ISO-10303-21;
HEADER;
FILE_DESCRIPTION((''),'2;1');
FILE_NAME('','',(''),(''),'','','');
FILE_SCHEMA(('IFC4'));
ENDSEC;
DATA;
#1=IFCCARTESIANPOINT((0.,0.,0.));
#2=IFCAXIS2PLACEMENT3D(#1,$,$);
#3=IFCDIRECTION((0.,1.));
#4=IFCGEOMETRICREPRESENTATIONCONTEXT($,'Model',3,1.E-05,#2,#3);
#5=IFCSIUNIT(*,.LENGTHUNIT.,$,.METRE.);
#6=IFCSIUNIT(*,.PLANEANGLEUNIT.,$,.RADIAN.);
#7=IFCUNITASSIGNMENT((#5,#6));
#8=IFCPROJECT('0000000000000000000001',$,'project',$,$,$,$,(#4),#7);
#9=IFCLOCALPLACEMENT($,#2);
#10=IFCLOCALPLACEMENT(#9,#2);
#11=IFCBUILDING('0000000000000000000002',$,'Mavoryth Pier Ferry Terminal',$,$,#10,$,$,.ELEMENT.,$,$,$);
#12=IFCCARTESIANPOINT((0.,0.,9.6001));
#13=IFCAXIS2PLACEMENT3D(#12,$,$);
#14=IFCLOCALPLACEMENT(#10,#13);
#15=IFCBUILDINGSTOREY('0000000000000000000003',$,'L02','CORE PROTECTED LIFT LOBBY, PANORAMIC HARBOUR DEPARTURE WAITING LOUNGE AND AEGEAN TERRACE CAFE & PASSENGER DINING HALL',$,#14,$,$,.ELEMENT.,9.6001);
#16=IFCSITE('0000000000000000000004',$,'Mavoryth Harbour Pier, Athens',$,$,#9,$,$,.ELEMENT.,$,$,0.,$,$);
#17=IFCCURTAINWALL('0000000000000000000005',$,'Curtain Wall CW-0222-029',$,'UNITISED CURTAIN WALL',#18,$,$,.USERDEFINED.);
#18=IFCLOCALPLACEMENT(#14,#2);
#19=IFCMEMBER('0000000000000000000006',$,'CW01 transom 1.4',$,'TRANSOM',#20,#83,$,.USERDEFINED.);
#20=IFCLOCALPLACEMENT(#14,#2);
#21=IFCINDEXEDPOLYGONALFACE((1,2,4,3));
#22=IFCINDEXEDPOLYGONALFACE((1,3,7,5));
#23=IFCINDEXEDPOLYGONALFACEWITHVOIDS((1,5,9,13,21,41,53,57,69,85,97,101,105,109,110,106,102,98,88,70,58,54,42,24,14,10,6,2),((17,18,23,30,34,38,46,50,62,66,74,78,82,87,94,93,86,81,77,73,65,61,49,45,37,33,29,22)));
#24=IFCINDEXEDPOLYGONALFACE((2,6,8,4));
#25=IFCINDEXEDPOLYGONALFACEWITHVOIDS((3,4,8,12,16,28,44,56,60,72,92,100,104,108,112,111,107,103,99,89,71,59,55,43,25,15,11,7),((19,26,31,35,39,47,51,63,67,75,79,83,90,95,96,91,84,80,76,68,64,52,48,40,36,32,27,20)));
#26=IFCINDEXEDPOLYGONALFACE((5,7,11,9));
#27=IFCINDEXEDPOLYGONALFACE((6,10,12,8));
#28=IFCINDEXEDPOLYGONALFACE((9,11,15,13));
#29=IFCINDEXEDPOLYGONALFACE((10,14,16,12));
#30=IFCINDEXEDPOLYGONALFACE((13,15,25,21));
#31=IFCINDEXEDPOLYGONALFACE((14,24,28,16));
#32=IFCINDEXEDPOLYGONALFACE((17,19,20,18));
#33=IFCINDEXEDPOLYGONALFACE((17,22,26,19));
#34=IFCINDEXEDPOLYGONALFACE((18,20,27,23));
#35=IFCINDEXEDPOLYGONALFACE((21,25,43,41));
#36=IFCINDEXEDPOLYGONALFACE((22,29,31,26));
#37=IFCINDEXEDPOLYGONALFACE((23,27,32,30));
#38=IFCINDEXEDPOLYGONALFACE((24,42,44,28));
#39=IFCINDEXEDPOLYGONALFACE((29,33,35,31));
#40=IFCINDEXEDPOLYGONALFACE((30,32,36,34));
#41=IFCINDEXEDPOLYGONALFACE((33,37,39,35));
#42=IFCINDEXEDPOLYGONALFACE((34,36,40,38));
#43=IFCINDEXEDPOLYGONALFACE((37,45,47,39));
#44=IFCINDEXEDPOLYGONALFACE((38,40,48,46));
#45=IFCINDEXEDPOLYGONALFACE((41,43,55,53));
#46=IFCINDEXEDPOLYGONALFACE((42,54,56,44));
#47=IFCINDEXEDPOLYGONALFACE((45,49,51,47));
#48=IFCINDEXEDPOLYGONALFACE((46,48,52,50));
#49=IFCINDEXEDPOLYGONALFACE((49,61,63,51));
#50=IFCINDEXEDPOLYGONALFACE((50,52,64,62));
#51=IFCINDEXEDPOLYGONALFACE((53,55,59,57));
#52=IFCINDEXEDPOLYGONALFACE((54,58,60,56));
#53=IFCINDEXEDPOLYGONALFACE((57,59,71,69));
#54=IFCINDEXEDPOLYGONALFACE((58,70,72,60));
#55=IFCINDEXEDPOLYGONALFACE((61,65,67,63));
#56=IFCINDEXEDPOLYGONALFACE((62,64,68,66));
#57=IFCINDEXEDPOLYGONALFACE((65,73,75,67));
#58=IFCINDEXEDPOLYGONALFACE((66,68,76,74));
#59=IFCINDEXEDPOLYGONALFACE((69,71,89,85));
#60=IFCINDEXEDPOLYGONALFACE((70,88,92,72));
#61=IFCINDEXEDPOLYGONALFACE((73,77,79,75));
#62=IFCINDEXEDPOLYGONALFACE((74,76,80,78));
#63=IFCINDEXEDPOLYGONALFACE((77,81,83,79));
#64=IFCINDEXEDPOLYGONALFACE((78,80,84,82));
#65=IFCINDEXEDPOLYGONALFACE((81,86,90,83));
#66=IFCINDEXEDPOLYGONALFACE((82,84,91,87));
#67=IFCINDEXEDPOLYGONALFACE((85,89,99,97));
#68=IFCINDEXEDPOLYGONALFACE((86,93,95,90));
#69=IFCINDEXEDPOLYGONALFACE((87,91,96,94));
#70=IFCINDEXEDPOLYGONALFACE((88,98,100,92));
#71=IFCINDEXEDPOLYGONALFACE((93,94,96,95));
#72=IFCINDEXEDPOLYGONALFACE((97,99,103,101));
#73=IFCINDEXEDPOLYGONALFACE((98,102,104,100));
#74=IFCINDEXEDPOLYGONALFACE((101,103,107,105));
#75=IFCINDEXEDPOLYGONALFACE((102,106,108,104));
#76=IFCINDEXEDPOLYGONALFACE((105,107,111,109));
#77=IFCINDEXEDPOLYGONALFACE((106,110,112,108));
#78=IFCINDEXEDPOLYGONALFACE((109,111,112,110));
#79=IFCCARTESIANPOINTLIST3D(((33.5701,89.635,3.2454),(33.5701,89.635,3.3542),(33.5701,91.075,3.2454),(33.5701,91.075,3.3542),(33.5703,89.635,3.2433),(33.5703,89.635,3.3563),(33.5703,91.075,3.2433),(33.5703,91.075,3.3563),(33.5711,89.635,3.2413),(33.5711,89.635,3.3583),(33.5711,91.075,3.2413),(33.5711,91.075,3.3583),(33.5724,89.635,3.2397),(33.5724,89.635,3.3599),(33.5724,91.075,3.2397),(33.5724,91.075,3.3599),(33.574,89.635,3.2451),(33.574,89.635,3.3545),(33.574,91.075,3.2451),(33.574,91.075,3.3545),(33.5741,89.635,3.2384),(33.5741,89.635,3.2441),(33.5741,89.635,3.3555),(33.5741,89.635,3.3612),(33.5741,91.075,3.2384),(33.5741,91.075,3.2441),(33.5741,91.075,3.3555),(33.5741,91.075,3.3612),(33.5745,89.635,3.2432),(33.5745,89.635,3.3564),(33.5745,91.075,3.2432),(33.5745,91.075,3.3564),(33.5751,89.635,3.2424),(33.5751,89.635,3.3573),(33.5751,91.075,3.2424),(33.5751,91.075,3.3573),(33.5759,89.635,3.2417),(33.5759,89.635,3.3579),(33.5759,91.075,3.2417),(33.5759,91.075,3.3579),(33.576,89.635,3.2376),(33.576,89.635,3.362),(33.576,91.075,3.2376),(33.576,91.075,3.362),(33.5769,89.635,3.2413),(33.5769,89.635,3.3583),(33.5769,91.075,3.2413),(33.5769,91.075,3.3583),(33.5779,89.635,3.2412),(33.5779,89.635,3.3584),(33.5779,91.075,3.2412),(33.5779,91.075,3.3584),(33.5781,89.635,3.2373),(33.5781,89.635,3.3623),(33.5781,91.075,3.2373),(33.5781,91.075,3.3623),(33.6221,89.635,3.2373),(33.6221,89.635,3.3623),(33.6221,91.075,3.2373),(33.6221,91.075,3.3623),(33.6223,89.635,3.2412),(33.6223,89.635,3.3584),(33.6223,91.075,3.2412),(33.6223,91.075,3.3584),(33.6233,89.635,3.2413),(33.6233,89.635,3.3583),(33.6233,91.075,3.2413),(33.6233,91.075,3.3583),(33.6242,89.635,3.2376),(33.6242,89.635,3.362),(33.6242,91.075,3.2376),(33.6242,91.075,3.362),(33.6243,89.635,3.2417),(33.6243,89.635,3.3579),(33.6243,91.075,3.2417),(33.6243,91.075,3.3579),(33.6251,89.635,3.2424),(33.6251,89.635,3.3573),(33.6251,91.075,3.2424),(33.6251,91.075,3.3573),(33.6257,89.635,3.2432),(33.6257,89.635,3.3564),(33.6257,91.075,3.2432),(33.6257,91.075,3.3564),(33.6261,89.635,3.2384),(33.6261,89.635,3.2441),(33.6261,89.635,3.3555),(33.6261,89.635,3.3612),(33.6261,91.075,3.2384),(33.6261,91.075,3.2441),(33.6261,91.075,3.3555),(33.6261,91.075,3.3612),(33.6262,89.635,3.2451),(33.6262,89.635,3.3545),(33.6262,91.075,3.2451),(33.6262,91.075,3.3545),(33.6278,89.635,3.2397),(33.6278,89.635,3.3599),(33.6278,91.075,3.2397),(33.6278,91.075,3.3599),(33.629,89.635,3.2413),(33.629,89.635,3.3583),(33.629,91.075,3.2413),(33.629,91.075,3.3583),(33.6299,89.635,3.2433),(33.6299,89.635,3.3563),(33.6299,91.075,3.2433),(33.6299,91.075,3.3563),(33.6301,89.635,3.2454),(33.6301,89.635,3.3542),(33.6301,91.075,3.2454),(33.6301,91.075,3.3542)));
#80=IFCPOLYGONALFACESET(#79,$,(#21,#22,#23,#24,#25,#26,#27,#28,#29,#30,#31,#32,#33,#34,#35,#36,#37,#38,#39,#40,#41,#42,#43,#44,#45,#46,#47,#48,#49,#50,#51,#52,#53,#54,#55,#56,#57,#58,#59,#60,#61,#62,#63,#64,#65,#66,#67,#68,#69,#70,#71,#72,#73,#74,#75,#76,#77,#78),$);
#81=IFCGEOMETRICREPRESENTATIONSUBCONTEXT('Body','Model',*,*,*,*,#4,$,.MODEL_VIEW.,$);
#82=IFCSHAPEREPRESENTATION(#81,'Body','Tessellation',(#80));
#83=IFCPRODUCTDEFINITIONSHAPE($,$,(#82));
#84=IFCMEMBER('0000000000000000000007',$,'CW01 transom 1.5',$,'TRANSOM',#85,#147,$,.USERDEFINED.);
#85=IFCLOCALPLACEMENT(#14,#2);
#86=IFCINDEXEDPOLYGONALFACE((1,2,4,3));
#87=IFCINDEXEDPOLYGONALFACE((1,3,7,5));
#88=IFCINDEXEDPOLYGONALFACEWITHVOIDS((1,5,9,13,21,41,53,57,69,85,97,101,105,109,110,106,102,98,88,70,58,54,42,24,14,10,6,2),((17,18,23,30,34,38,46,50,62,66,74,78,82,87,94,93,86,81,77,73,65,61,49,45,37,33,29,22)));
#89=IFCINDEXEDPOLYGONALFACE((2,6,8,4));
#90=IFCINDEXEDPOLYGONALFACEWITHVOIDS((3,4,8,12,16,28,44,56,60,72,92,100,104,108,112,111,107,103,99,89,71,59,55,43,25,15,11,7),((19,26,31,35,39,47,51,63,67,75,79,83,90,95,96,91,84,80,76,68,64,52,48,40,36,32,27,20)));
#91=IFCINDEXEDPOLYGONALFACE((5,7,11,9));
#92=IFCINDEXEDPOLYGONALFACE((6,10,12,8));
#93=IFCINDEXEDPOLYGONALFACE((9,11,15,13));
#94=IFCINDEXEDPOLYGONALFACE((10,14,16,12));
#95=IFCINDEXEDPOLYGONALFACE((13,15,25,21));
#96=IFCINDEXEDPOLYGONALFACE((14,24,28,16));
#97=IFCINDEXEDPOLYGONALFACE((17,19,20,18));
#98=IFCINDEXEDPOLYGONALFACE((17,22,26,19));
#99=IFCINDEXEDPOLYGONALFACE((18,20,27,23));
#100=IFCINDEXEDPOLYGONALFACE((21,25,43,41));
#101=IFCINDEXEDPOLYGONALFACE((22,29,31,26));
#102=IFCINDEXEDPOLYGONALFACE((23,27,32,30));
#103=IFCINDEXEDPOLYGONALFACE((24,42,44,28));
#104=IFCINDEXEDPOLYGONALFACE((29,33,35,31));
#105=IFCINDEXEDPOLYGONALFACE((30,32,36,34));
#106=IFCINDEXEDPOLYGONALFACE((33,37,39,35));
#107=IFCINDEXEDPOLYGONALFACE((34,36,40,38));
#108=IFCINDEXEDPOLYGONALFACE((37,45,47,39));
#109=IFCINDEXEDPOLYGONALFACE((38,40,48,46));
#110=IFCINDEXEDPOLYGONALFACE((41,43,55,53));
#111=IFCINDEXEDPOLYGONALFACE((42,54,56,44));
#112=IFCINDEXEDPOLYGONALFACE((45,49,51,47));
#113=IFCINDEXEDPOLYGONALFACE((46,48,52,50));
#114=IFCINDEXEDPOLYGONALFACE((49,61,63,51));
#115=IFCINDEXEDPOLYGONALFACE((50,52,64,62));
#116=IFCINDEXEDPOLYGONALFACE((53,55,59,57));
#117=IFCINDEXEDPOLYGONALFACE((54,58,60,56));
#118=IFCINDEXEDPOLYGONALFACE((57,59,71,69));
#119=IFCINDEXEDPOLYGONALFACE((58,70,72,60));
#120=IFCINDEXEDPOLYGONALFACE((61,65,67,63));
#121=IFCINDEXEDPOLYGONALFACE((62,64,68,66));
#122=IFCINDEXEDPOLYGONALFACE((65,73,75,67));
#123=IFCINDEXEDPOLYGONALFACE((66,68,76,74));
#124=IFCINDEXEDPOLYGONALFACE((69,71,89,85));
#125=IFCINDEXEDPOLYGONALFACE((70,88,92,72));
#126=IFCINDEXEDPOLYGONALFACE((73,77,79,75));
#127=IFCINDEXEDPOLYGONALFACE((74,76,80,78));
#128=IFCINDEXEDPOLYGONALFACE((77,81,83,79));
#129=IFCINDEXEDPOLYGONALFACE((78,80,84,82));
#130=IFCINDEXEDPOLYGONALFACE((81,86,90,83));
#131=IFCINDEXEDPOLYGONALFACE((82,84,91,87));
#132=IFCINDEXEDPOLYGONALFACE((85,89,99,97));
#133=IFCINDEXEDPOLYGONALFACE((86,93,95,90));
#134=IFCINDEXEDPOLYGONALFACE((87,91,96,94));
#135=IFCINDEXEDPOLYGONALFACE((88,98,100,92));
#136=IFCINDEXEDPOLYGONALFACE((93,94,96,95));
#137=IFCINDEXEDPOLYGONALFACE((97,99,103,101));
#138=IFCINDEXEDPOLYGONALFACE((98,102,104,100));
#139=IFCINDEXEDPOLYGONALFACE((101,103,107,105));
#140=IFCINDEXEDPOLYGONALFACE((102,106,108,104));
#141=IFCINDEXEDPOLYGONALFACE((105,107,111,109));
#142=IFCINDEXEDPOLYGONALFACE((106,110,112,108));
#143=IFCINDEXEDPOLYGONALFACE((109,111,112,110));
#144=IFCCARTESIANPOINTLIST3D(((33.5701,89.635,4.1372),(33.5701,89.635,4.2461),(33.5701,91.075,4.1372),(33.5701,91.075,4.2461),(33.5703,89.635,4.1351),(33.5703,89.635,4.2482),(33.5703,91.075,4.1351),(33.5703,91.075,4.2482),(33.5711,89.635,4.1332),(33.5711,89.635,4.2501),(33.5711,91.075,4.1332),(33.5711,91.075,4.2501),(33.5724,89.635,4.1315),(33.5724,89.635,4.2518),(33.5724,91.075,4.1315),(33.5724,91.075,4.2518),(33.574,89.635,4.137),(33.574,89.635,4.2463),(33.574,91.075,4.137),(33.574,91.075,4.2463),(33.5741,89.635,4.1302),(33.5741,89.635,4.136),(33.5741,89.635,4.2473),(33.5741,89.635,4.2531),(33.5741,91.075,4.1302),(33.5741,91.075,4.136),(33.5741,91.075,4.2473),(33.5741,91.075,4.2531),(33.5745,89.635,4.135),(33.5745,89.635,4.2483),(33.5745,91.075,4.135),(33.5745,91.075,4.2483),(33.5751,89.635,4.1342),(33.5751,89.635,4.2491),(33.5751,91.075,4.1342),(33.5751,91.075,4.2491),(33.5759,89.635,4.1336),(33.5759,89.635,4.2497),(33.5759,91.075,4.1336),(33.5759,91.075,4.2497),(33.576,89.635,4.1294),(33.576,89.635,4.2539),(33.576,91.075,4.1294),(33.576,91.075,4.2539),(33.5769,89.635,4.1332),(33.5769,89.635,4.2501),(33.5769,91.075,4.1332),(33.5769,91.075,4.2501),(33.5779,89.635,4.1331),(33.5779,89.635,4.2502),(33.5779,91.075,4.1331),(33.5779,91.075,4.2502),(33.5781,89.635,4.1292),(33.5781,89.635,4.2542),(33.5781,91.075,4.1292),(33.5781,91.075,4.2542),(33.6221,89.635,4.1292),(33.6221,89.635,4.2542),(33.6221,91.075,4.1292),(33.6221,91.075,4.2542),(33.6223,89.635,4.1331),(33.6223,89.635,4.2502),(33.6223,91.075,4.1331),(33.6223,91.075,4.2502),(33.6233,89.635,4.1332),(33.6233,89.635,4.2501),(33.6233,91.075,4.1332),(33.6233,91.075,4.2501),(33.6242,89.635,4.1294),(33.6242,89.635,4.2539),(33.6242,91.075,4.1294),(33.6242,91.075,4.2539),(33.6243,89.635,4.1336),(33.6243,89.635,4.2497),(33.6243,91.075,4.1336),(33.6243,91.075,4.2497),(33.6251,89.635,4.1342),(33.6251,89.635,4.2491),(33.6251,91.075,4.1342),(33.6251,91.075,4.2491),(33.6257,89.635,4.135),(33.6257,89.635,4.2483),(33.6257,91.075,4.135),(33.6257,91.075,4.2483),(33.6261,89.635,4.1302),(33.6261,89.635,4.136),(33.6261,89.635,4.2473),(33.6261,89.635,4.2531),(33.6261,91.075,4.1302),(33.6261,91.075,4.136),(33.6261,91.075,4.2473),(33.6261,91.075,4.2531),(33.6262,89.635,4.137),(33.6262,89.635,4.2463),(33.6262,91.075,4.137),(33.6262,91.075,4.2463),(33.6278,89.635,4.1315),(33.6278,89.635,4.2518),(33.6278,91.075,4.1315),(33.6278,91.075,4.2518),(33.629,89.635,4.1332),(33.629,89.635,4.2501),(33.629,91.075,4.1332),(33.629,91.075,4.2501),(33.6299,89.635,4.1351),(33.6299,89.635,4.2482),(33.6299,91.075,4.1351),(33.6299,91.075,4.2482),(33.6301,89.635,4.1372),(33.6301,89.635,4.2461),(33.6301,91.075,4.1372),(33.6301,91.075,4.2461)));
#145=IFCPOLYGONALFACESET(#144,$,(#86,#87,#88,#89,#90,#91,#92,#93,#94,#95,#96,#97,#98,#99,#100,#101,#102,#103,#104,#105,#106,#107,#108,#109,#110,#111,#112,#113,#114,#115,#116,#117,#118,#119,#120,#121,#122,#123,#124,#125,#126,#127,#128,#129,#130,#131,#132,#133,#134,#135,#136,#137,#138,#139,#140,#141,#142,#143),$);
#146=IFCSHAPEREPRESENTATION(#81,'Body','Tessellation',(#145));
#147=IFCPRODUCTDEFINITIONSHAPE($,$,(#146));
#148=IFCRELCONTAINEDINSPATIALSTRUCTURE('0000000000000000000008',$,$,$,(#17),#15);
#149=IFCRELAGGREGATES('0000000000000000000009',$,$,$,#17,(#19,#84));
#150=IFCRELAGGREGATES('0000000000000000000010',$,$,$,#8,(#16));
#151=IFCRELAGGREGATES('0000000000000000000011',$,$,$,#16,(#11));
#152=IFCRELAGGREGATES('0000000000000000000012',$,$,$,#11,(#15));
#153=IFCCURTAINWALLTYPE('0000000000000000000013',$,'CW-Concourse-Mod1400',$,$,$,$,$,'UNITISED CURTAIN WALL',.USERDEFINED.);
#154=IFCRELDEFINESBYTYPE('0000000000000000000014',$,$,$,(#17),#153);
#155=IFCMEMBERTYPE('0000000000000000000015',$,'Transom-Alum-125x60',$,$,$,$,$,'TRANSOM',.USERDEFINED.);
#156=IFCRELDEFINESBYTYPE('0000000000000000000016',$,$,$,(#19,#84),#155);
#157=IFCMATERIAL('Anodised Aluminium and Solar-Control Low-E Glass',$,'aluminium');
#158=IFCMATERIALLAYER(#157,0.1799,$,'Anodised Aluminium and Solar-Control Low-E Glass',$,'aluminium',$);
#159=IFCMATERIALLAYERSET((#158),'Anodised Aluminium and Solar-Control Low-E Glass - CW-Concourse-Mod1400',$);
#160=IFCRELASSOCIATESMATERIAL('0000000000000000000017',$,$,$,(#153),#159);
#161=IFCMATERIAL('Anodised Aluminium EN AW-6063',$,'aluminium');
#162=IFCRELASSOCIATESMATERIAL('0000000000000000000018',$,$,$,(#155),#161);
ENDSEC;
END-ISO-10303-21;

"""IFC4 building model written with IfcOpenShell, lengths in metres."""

from ifc_helpers import new_model, si_unit, direction, frame, origin, origin_2d, place, context, subcontext, project, spatial, hollow_rectangle, extrude, material, layer, layer_set, material_profile, profile_set, type_object, element, aggregate, save


model = new_model("IFC4")

# Units and contexts
model_context = context("Model", 3, precision=1e-05, world=origin(), true_north=direction((0.0, 1.0)))
body_context = subcontext(model_context, "Body", "Model", "MODEL_VIEW")
ifc_project = project(units=[si_unit("LENGTHUNIT", "METRE"), si_unit("PLANEANGLEUNIT", "RADIAN")], contexts=[model_context])

# Site, building, storey
site_placement = place(None, origin())
site = spatial("IfcSite", under=ifc_project, at=site_placement, Name="Mavoryth Harbour Pier, Athens", CompositionType="ELEMENT", RefElevation=0.0)
building_placement = place(site_placement, origin())
building = spatial("IfcBuilding", under=site, at=building_placement, Name="Mavoryth Pier Ferry Terminal", CompositionType="ELEMENT")
storey_placement = place(building_placement, frame((0.0, 0.0, 9.6001)))
storey = spatial("IfcBuildingStorey", under=building, at=storey_placement, Name="L02", Description="CORE PROTECTED LIFT LOBBY, PANORAMIC HARBOUR DEPARTURE WAITING LOUNGE AND AEGEAN TERRACE CAFE & PASSENGER DINING HALL", CompositionType="ELEMENT", Elevation=9.6001)

# Curtain wall
ifc_material_1 = material(Name="Anodised Aluminium and Solar-Control Low-E Glass", Category="aluminium")
ifc_layer_1 = layer(ifc_material_1, 0.1799, Name="Anodised Aluminium and Solar-Control Low-E Glass", Category="aluminium")
ifc_layer_set_1 = layer_set([ifc_layer_1], Name="Anodised Aluminium and Solar-Control Low-E Glass - CW-Concourse-Mod1400")
curtain_wall_type = type_object("IfcCurtainWallType", Name="CW-Concourse-Mod1400", ElementType="UNITISED CURTAIN WALL", PredefinedType="USERDEFINED", material=ifc_layer_set_1)
ifc_material_2 = material(Name="Anodised Aluminium EN AW-6063", Category="aluminium")
curtain_wall_1_placement = place(storey_placement, origin())
curtain_wall_1 = element("IfcCurtainWall", 1, at=curtain_wall_1_placement, inside=storey, type_object=curtain_wall_type, Name="Curtain Wall CW-0222-029", ObjectType="UNITISED CURTAIN WALL", PredefinedType="USERDEFINED")

# Members
ifc_material_profile_1 = material_profile(ifc_material_2, hollow_rectangle(XDim=0.0601, YDim=0.125, WallThickness=0.0039, InnerFilletRadius=0.0039, OuterFilletRadius=0.0081, at=origin_2d()), Name="AL-TRAN 125x60x4", Category="aluminium")
ifc_profile_set_1 = profile_set([ifc_material_profile_1], Name="Anodised Aluminium EN AW-6063 - AL-TRAN 125x60x4")
member_type_1 = type_object("IfcMemberType", Name="Transom-Alum-125x60", ElementType="TRANSOM", PredefinedType="USERDEFINED", material=ifc_profile_set_1)
member_1_placement = place(storey_placement, frame((33.6001, 89.635, 3.2998), z_axis=(0.0, 1.0, 0.0), x_axis=(-1.0, 0.0, 0.0)))
member_1 = element("IfcMember", 2, at=member_1_placement, type_object=member_type_1, Name="CW01 transom 1.4", ObjectType="TRANSOM", PredefinedType="USERDEFINED", context=body_context, shape_type="SweptSolid", body=[
    extrude(hollow_rectangle(XDim=0.0601, YDim=0.125, WallThickness=0.0039, InnerFilletRadius=0.0039, OuterFilletRadius=0.0081, at=origin_2d()), origin(), (0.0, 0.0, 1.0), 1.4399),
])
member_2_placement = place(storey_placement, frame((33.6001, 89.635, 4.1917), z_axis=(0.0, 1.0, 0.0), x_axis=(-1.0, 0.0, 0.0)))
member_2 = element("IfcMember", 3, at=member_2_placement, type_object=member_type_1, Name="CW01 transom 1.5", ObjectType="TRANSOM", PredefinedType="USERDEFINED", context=body_context, shape_type="SweptSolid", body=[
    extrude(hollow_rectangle(XDim=0.0601, YDim=0.125, WallThickness=0.0039, InnerFilletRadius=0.0039, OuterFilletRadius=0.0081, at=origin_2d()), origin(), (0.0, 0.0, 1.0), 1.4399),
])

aggregate(curtain_wall_1, [member_1, member_2])

save(model, "model.ifc")
